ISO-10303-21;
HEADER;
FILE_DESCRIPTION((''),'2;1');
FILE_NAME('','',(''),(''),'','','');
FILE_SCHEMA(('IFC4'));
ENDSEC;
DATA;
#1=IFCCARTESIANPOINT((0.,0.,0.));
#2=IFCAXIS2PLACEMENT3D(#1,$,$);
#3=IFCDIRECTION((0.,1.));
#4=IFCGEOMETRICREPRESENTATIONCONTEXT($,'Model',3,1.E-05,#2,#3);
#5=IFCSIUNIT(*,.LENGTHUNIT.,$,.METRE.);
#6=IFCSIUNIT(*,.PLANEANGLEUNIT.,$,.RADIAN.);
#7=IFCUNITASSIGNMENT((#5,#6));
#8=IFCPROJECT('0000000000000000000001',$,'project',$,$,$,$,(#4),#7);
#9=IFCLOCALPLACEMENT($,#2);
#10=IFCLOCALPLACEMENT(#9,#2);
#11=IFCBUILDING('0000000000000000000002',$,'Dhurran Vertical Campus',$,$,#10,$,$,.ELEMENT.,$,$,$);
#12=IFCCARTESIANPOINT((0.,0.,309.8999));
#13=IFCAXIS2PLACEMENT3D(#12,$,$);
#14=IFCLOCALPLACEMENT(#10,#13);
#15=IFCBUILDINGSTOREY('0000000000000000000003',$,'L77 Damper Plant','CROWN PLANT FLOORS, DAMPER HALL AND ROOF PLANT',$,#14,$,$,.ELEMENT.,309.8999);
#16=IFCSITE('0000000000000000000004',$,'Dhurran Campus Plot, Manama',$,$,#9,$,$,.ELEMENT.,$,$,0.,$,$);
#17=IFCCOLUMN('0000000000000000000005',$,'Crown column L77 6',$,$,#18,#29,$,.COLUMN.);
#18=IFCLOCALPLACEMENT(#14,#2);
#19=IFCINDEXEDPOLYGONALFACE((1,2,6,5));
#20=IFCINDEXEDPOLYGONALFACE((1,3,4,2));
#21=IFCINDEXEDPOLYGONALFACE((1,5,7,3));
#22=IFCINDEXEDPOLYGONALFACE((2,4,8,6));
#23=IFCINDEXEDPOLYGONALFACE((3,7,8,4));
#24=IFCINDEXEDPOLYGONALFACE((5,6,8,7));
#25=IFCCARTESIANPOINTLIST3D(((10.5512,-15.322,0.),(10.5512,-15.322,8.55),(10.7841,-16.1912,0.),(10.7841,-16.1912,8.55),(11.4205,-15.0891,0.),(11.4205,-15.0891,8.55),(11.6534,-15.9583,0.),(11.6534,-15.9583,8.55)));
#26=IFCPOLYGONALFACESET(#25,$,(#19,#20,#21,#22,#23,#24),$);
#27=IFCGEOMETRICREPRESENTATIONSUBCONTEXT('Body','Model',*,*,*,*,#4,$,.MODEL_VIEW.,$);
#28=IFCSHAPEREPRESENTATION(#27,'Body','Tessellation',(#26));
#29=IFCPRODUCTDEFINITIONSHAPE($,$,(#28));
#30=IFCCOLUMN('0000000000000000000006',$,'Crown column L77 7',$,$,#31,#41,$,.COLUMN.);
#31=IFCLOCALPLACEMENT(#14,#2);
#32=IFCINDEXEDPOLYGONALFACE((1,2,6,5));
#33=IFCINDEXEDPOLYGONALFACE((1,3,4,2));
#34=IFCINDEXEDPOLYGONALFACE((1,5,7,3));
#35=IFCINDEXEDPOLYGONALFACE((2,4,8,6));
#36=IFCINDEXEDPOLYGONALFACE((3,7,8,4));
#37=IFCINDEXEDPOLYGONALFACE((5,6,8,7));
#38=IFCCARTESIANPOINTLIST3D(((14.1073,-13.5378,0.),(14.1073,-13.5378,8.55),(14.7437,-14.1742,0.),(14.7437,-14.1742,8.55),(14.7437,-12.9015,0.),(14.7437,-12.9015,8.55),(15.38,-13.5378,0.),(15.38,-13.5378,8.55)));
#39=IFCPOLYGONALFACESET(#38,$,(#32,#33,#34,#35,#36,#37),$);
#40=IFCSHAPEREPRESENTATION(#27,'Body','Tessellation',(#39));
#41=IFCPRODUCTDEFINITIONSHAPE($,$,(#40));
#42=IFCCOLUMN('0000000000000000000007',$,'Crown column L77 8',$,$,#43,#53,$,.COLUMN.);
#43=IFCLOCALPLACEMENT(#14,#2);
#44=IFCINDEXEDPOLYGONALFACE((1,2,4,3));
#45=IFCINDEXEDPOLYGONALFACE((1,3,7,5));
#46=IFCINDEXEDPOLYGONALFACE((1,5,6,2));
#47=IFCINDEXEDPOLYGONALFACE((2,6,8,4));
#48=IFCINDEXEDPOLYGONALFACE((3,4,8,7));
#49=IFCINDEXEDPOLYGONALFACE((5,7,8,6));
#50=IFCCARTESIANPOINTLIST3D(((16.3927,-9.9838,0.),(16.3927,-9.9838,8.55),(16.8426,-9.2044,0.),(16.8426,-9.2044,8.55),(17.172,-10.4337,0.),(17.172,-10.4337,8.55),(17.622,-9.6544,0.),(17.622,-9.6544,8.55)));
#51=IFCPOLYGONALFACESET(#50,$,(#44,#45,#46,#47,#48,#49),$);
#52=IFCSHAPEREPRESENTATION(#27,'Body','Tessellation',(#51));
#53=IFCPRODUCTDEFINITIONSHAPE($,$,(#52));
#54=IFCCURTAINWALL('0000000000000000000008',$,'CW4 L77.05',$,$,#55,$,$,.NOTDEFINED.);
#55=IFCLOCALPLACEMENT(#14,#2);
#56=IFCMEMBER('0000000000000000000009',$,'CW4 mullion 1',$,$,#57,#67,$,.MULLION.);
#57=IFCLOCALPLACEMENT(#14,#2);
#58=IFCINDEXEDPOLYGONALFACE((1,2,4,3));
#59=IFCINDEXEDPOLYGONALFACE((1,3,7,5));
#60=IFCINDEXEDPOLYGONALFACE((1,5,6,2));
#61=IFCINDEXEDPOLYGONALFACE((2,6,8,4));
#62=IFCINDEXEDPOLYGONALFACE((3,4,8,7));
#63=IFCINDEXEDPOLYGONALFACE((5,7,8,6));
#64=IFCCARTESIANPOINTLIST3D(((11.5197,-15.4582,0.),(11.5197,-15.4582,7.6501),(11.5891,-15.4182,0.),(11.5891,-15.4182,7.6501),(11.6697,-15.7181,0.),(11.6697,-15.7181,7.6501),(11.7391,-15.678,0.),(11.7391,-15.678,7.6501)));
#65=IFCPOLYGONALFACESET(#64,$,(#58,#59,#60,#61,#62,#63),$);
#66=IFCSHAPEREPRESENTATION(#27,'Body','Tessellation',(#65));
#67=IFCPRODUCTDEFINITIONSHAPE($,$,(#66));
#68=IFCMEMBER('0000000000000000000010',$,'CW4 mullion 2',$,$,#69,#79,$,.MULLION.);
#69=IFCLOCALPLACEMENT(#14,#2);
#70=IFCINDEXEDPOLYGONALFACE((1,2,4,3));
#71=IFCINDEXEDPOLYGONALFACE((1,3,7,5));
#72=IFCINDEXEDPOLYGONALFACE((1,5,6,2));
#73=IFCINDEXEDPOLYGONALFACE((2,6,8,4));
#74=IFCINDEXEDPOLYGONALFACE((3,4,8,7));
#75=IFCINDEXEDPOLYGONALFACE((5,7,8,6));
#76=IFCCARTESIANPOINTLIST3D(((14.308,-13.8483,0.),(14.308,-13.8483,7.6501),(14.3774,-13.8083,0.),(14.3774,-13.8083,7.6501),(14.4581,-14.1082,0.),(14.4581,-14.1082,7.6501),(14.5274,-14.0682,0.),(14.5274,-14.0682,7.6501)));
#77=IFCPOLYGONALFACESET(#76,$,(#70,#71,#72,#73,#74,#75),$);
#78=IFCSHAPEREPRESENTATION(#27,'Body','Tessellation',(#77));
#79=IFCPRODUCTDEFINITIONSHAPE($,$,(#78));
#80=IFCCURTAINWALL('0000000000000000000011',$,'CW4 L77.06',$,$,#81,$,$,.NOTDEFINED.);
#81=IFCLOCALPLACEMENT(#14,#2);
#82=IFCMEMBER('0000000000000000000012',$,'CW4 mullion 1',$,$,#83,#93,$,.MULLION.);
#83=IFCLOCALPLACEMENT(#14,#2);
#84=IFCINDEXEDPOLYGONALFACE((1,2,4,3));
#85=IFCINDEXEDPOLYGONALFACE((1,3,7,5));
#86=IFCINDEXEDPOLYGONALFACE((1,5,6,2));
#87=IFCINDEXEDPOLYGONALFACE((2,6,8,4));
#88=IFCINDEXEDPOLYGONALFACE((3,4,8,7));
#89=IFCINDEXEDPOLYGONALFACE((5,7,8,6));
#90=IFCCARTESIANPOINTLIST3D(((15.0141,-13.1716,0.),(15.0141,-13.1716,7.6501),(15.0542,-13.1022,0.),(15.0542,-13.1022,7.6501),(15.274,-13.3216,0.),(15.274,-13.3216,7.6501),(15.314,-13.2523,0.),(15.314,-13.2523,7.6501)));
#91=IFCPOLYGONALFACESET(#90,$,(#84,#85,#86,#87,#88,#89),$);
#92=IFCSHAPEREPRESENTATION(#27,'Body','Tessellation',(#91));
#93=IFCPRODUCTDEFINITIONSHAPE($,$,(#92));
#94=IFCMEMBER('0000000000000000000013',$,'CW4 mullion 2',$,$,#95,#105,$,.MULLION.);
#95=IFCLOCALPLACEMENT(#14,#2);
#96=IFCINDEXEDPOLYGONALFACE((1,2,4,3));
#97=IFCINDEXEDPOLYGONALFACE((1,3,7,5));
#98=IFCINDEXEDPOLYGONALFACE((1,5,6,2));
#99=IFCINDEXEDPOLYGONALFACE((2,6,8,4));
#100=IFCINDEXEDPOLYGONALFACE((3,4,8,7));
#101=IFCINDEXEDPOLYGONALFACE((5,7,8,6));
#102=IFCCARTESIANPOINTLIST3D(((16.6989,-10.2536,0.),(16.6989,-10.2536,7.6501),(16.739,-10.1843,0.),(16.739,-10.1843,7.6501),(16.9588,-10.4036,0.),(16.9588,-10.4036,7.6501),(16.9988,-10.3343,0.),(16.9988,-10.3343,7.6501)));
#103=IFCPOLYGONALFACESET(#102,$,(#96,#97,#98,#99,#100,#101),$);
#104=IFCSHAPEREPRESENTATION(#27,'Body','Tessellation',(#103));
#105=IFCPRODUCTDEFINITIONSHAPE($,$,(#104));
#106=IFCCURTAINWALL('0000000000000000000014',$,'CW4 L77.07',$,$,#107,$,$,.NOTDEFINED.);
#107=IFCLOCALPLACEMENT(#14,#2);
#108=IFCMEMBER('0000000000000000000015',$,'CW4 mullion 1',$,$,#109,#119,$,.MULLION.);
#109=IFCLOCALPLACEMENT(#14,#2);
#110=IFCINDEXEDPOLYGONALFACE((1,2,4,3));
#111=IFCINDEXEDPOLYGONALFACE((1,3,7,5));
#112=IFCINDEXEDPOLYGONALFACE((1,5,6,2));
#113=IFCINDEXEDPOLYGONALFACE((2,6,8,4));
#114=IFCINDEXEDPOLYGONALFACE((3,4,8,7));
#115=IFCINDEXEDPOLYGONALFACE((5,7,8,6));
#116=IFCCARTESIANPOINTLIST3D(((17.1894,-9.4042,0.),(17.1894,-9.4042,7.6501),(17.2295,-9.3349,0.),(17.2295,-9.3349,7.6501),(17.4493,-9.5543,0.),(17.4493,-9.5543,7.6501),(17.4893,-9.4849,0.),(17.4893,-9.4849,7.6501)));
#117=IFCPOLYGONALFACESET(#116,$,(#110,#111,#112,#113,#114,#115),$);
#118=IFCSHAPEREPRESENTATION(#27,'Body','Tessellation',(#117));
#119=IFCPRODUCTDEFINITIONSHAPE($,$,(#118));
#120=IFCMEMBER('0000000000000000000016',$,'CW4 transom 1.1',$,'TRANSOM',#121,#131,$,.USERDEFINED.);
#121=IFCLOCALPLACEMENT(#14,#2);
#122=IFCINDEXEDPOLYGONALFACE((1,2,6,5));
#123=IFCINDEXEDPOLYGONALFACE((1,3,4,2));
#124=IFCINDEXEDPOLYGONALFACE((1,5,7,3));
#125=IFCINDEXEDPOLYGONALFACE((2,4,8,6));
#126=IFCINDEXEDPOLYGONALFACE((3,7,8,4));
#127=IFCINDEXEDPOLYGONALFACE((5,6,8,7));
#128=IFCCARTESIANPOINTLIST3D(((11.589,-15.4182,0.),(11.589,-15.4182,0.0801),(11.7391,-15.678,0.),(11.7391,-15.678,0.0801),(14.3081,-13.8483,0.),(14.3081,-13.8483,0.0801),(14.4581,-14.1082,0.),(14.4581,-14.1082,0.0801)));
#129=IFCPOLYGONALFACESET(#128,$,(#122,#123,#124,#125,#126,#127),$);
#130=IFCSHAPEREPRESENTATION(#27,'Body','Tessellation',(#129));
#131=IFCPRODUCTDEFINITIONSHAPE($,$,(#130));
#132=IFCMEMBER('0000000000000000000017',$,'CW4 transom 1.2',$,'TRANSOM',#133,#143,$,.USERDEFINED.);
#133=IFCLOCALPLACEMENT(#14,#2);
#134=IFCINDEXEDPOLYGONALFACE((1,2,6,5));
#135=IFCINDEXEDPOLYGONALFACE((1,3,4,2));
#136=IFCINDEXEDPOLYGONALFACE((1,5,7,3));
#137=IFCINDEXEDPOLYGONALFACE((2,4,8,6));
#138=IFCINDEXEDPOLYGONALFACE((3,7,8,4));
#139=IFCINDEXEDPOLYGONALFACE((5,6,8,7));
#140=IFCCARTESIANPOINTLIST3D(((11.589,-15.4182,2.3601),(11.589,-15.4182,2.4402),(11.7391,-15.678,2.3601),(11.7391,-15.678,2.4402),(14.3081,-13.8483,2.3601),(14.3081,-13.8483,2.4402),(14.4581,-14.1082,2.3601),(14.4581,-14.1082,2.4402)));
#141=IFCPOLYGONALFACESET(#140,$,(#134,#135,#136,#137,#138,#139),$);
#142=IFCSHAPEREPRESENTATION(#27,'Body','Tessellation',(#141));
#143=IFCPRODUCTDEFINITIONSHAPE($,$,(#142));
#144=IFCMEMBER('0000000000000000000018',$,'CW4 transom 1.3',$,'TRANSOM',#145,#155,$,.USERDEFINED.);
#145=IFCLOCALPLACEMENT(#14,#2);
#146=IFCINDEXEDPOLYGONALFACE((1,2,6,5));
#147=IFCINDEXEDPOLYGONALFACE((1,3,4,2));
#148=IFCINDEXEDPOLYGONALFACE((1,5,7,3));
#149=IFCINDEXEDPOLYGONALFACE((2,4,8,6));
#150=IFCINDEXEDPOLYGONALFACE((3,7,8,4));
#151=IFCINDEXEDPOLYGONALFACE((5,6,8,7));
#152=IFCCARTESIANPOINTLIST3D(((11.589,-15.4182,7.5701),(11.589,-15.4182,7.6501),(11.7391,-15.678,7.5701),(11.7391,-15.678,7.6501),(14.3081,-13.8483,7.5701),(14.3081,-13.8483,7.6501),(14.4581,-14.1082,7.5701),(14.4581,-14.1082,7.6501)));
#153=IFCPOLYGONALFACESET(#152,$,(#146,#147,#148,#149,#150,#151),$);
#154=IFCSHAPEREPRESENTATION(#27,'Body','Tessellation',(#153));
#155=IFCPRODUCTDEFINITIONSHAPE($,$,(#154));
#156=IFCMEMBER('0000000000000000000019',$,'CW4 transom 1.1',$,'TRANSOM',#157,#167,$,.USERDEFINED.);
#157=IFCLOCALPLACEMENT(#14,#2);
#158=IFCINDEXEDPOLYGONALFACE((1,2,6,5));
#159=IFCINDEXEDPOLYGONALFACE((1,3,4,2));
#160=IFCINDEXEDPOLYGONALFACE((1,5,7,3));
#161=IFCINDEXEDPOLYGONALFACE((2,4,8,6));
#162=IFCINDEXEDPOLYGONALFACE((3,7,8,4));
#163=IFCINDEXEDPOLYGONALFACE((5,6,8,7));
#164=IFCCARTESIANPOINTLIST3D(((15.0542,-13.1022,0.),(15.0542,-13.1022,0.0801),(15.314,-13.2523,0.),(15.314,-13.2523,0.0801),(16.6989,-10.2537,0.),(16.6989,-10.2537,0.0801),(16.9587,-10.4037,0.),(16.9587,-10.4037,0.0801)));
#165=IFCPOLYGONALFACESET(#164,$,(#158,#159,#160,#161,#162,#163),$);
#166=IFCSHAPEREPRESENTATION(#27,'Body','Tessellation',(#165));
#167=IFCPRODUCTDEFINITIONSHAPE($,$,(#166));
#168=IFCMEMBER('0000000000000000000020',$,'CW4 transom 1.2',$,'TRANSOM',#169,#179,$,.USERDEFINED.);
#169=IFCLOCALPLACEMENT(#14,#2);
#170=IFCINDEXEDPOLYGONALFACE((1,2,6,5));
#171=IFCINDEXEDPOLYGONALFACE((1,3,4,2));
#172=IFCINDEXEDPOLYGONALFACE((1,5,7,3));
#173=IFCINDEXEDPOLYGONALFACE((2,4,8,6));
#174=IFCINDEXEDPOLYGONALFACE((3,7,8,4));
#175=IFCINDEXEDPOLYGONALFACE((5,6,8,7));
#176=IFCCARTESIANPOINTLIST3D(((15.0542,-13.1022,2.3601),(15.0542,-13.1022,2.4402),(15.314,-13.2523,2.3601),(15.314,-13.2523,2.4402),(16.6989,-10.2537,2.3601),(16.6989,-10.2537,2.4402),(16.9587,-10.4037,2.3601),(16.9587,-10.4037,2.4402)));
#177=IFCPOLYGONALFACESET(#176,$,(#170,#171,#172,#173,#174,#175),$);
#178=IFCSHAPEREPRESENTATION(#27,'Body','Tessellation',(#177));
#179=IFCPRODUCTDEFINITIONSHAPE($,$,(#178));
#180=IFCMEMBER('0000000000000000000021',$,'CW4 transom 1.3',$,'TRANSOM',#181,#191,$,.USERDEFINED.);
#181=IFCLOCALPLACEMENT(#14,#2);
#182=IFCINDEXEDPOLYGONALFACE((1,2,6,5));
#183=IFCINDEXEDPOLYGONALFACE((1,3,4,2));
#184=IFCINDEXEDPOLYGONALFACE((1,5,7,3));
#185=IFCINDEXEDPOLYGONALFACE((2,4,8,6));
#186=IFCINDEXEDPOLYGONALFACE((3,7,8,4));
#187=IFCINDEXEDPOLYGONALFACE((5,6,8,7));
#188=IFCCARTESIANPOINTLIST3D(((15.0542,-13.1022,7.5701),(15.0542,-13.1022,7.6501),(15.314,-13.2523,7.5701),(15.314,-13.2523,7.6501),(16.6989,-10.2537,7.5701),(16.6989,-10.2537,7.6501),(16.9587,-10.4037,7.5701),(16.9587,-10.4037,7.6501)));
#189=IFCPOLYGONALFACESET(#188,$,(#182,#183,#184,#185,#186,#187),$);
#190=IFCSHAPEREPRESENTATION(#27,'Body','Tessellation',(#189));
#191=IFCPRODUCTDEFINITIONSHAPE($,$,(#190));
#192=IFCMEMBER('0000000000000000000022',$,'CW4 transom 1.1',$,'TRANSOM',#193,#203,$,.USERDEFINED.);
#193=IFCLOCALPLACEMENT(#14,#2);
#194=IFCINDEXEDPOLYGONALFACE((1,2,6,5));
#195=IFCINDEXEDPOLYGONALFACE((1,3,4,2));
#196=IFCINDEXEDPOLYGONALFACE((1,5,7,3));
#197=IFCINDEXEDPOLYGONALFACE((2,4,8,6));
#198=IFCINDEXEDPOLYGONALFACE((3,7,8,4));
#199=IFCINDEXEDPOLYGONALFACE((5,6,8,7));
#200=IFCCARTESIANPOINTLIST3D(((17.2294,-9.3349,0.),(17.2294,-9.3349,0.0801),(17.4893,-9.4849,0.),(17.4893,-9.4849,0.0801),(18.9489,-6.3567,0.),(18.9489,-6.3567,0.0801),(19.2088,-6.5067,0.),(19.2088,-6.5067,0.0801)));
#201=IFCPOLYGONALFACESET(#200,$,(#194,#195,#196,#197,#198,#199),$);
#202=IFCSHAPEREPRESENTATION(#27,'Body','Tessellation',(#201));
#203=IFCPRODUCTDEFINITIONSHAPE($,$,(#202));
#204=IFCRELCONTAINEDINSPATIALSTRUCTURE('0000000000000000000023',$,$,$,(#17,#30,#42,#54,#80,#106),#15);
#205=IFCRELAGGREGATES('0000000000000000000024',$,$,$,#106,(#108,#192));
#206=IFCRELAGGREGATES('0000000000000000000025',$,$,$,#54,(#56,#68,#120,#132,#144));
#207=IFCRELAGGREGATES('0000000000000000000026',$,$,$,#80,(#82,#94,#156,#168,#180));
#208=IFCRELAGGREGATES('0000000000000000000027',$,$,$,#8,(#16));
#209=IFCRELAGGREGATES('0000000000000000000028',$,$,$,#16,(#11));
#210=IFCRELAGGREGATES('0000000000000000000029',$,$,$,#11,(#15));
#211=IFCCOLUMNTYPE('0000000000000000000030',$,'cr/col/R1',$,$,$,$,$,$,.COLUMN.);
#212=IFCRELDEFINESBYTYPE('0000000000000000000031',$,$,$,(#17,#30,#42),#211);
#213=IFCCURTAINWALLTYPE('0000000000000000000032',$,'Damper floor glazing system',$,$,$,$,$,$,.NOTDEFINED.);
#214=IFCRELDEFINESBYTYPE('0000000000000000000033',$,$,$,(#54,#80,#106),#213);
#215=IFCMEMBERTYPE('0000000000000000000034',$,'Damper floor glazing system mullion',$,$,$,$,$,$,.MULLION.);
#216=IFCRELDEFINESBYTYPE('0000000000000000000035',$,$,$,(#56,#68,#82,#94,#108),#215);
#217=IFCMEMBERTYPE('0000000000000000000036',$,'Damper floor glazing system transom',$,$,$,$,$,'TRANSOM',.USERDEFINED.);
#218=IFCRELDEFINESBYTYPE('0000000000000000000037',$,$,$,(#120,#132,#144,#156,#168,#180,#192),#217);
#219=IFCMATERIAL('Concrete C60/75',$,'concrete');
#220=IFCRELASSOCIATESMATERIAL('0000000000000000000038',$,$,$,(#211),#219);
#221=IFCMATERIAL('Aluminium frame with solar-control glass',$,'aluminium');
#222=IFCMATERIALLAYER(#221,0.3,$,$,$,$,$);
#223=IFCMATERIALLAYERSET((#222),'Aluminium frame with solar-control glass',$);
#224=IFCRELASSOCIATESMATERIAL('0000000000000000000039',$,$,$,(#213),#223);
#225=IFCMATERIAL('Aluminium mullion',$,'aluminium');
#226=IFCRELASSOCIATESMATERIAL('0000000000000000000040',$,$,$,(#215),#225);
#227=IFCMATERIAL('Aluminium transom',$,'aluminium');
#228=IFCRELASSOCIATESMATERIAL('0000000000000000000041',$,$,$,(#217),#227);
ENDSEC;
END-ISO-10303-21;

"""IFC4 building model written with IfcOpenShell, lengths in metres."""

from ifc_helpers import new_model, si_unit, direction, frame, origin, origin_2d, place, context, subcontext, project, spatial, rectangle, extrude, material, layer, layer_set, material_profile, profile_set, type_object, element, aggregate, save


model = new_model("IFC4")

# Units and contexts
model_context = context("Model", 3, precision=1e-05, world=origin(), true_north=direction((0.0, 1.0)))
body_context = subcontext(model_context, "Body", "Model", "MODEL_VIEW")
ifc_project = project(units=[si_unit("LENGTHUNIT", "METRE"), si_unit("PLANEANGLEUNIT", "RADIAN")], contexts=[model_context])

# Site, building, storey
site_placement = place(None, origin())
site = spatial("IfcSite", under=ifc_project, at=site_placement, Name="Dhurran Campus Plot, Manama", CompositionType="ELEMENT", RefElevation=0.0)
building_placement = place(site_placement, origin())
building = spatial("IfcBuilding", under=site, at=building_placement, Name="Dhurran Vertical Campus", CompositionType="ELEMENT")
storey_placement = place(building_placement, frame((0.0, 0.0, 309.8999)))
storey = spatial("IfcBuildingStorey", under=building, at=storey_placement, Name="L77 Damper Plant", Description="CROWN PLANT FLOORS, DAMPER HALL AND ROOF PLANT", CompositionType="ELEMENT", Elevation=309.8999)

# Columns
ifc_material_1 = material(Name="Concrete C60/75", Category="concrete")
ifc_material_profile_1 = material_profile(ifc_material_1, rectangle(XDim=0.8999, YDim=0.8999, at=origin_2d()), Name="cr/col/R1")
ifc_profile_set_1 = profile_set([ifc_material_profile_1], Name="Concrete C60/75")
column_type = type_object("IfcColumnType", Name="cr/col/R1", PredefinedType="COLUMN", material=ifc_profile_set_1)
for number, where, z_axis, x_axis, name in (
    (1, (11.1023, -15.6401, 0.0), (0.0, 0.0, 1.0), (0.965926, 0.258819, 0.0), "Crown column L77 6"),
    (2, (14.7437, -13.5378, 0.0), (0.0, 0.0, 1.0), (0.707107, 0.707107, 0.0), "Crown column L77 7"),
    (3, (17.0073, -9.8191, 0.0), (0.0, 0.0, 1.0), (0.5, 0.866025, 0.0), "Crown column L77 8"),
):
    element("IfcColumn", number, at=place(storey_placement, frame(where, z_axis=z_axis, x_axis=x_axis)), inside=storey, type_object=column_type, Name=name, PredefinedType="COLUMN", context=body_context, shape_type="SweptSolid", body=[
        extrude(rectangle(XDim=0.8999, YDim=0.8999, at=origin_2d()), origin(), (0.0, 0.0, 1.0), 8.55),
    ])

# Curtain walls, members
ifc_material_2 = material(Name="Aluminium frame with solar-control glass", Category="aluminium")
ifc_layer_1 = layer(ifc_material_2, 0.3)
ifc_layer_set_1 = layer_set([ifc_layer_1], Name="Aluminium frame with solar-control glass")
curtain_wall_type = type_object("IfcCurtainWallType", Name="Damper floor glazing system", PredefinedType="NOTDEFINED", material=ifc_layer_set_1)
curtain_wall_1_placement = place(storey_placement, origin())
curtain_wall_1 = element("IfcCurtainWall", 4, at=curtain_wall_1_placement, inside=storey, type_object=curtain_wall_type, Name="CW4 L77.05", PredefinedType="NOTDEFINED")
ifc_material_3 = material(Name="Aluminium mullion", Category="aluminium")
ifc_material_profile_2 = material_profile(ifc_material_3, rectangle(XDim=0.3, YDim=0.0801, at=origin_2d()), Name="Damper floor glazing system mullion")
ifc_profile_set_2 = profile_set([ifc_material_profile_2], Name="Aluminium mullion")
member_type_1 = type_object("IfcMemberType", Name="Damper floor glazing system mullion", PredefinedType="MULLION", material=ifc_profile_set_2)
member_1_placement = place(storey_placement, frame((11.6294, -15.5681, 0.0), z_axis=(0.0, 0.0, 1.0), x_axis=(-0.500001, 0.866025, 0.0)))
member_1 = element("IfcMember", 5, at=member_1_placement, type_object=member_type_1, Name="CW4 mullion 1", PredefinedType="MULLION", context=body_context, shape_type="SweptSolid", body=[
    extrude(rectangle(XDim=0.3, YDim=0.0801, at=origin_2d()), origin(), (0.0, 0.0, 1.0), 7.6501),
])
member_2_placement = place(storey_placement, frame((14.4177, -13.9583, 0.0), z_axis=(0.0, 0.0, 1.0), x_axis=(-0.500001, 0.866025, 0.0)))
member_2 = element("IfcMember", 6, at=member_2_placement, type_object=member_type_1, Name="CW4 mullion 2", PredefinedType="MULLION", context=body_context, shape_type="SweptSolid", body=[
    extrude(rectangle(XDim=0.3, YDim=0.0801, at=origin_2d()), origin(), (0.0, 0.0, 1.0), 7.6501),
])
curtain_wall_2_placement = place(storey_placement, origin())
curtain_wall_2 = element("IfcCurtainWall", 7, at=curtain_wall_2_placement, inside=storey, type_object=curtain_wall_type, Name="CW4 L77.06", PredefinedType="NOTDEFINED")
member_3_placement = place(storey_placement, frame((15.1641, -13.2119, 0.0), z_axis=(0.0, 0.0, 1.0), x_axis=(-0.86602, 0.500009, 0.0)))
member_3 = element("IfcMember", 8, at=member_3_placement, type_object=member_type_1, Name="CW4 mullion 1", PredefinedType="MULLION", context=body_context, shape_type="SweptSolid", body=[
    extrude(rectangle(XDim=0.3, YDim=0.0801, at=origin_2d()), origin(), (0.0, 0.0, 1.0), 7.6501),
])
member_4_placement = place(storey_placement, frame((16.8489, -10.2939, 0.0), z_axis=(0.0, 0.0, 1.0), x_axis=(-0.86602, 0.500009, 0.0)))
member_4 = element("IfcMember", 9, at=member_4_placement, type_object=member_type_1, Name="CW4 mullion 2", PredefinedType="MULLION", context=body_context, shape_type="SweptSolid", body=[
    extrude(rectangle(XDim=0.3, YDim=0.0801, at=origin_2d()), origin(), (0.0, 0.0, 1.0), 7.6501),
])

# Curtain wall, member
curtain_wall_3_placement = place(storey_placement, origin())
curtain_wall_3 = element("IfcCurtainWall", 10, at=curtain_wall_3_placement, inside=storey, type_object=curtain_wall_type, Name="CW4 L77.07", PredefinedType="NOTDEFINED")
member_5_placement = place(storey_placement, frame((17.3394, -9.4446, 0.0), z_axis=(0.0, 0.0, 1.0), x_axis=(-0.866024, 0.500003, 0.0)))
member_5 = element("IfcMember", 11, at=member_5_placement, type_object=member_type_1, Name="CW4 mullion 1", PredefinedType="MULLION", context=body_context, shape_type="SweptSolid", body=[
    extrude(rectangle(XDim=0.3, YDim=0.0801, at=origin_2d()), origin(), (0.0, 0.0, 1.0), 7.6501),
])

# Members
ifc_material_4 = material(Name="Aluminium transom", Category="aluminium")
ifc_material_profile_3 = material_profile(ifc_material_4, rectangle(XDim=0.3, YDim=0.0801, at=origin_2d()), Name="Damper floor glazing system transom")
ifc_profile_set_3 = profile_set([ifc_material_profile_3], Name="Aluminium transom")
member_type_2 = type_object("IfcMemberType", Name="Damper floor glazing system transom", ElementType="TRANSOM", PredefinedType="USERDEFINED", material=ifc_profile_set_3)
member_6_placement = place(storey_placement, frame((11.6641, -15.5481, 0.04), z_axis=(0.866024, 0.500003, 0.0), x_axis=(-0.500003, 0.866024, 0.0)))
member_6 = element("IfcMember", 12, at=member_6_placement, type_object=member_type_2, Name="CW4 transom 1.1", ObjectType="TRANSOM", PredefinedType="USERDEFINED", context=body_context, shape_type="SweptSolid", body=[
    extrude(rectangle(XDim=0.3, YDim=0.0801, at=origin_2d()), origin(), (0.0, 0.0, 1.0), 3.1396),
])
member_7_placement = place(storey_placement, frame((11.6641, -15.5481, 2.4001), z_axis=(0.866024, 0.500003, 0.0), x_axis=(-0.500003, 0.866024, 0.0)))
member_7 = element("IfcMember", 13, at=member_7_placement, type_object=member_type_2, Name="CW4 transom 1.2", ObjectType="TRANSOM", PredefinedType="USERDEFINED", context=body_context, shape_type="SweptSolid", body=[
    extrude(rectangle(XDim=0.3, YDim=0.0801, at=origin_2d()), origin(), (0.0, 0.0, 1.0), 3.1396),
])
member_8_placement = place(storey_placement, frame((11.6641, -15.5481, 7.6101), z_axis=(0.866024, 0.500003, 0.0), x_axis=(-0.500003, 0.866024, 0.0)))
member_8 = element("IfcMember", 14, at=member_8_placement, type_object=member_type_2, Name="CW4 transom 1.3", ObjectType="TRANSOM", PredefinedType="USERDEFINED", context=body_context, shape_type="SweptSolid", body=[
    extrude(rectangle(XDim=0.3, YDim=0.0801, at=origin_2d()), origin(), (0.0, 0.0, 1.0), 3.1396),
])
member_9_placement = place(storey_placement, frame((15.1841, -13.1772, 0.04), z_axis=(0.500027, 0.86601, 0.0), x_axis=(-0.86601, 0.500027, 0.0)))
member_9 = element("IfcMember", 15, at=member_9_placement, type_object=member_type_2, Name="CW4 transom 1.1", ObjectType="TRANSOM", PredefinedType="USERDEFINED", context=body_context, shape_type="SweptSolid", body=[
    extrude(rectangle(XDim=0.3, YDim=0.0801, at=origin_2d()), origin(), (0.0, 0.0, 1.0), 3.2893),
])
member_10_placement = place(storey_placement, frame((15.1841, -13.1772, 2.4001), z_axis=(0.500027, 0.86601, 0.0), x_axis=(-0.86601, 0.500027, 0.0)))
member_10 = element("IfcMember", 16, at=member_10_placement, type_object=member_type_2, Name="CW4 transom 1.2", ObjectType="TRANSOM", PredefinedType="USERDEFINED", context=body_context, shape_type="SweptSolid", body=[
    extrude(rectangle(XDim=0.3, YDim=0.0801, at=origin_2d()), origin(), (0.0, 0.0, 1.0), 3.2893),
])
member_11_placement = place(storey_placement, frame((15.1841, -13.1772, 7.6101), z_axis=(0.500027, 0.86601, 0.0), x_axis=(-0.86601, 0.500027, 0.0)))
member_11 = element("IfcMember", 17, at=member_11_placement, type_object=member_type_2, Name="CW4 transom 1.3", ObjectType="TRANSOM", PredefinedType="USERDEFINED", context=body_context, shape_type="SweptSolid", body=[
    extrude(rectangle(XDim=0.3, YDim=0.0801, at=origin_2d()), origin(), (0.0, 0.0, 1.0), 3.2893),
])
member_12_placement = place(storey_placement, frame((17.3594, -9.4099, 0.04), z_axis=(0.499995, 0.866028, 0.0), x_axis=(-0.866028, 0.499995, 0.0)))
member_12 = element("IfcMember", 18, at=member_12_placement, type_object=member_type_2, Name="CW4 transom 1.1", ObjectType="TRANSOM", PredefinedType="USERDEFINED", context=body_context, shape_type="SweptSolid", body=[
    extrude(rectangle(XDim=0.3, YDim=0.0801, at=origin_2d()), origin(), (0.0, 0.0, 1.0), 3.439),
])
aggregate(curtain_wall_3, [member_5, member_12])

aggregate(curtain_wall_1, [member_1, member_2, member_6, member_7, member_8])
aggregate(curtain_wall_2, [member_3, member_4, member_9, member_10, member_11])

save(model, "model.ifc")
